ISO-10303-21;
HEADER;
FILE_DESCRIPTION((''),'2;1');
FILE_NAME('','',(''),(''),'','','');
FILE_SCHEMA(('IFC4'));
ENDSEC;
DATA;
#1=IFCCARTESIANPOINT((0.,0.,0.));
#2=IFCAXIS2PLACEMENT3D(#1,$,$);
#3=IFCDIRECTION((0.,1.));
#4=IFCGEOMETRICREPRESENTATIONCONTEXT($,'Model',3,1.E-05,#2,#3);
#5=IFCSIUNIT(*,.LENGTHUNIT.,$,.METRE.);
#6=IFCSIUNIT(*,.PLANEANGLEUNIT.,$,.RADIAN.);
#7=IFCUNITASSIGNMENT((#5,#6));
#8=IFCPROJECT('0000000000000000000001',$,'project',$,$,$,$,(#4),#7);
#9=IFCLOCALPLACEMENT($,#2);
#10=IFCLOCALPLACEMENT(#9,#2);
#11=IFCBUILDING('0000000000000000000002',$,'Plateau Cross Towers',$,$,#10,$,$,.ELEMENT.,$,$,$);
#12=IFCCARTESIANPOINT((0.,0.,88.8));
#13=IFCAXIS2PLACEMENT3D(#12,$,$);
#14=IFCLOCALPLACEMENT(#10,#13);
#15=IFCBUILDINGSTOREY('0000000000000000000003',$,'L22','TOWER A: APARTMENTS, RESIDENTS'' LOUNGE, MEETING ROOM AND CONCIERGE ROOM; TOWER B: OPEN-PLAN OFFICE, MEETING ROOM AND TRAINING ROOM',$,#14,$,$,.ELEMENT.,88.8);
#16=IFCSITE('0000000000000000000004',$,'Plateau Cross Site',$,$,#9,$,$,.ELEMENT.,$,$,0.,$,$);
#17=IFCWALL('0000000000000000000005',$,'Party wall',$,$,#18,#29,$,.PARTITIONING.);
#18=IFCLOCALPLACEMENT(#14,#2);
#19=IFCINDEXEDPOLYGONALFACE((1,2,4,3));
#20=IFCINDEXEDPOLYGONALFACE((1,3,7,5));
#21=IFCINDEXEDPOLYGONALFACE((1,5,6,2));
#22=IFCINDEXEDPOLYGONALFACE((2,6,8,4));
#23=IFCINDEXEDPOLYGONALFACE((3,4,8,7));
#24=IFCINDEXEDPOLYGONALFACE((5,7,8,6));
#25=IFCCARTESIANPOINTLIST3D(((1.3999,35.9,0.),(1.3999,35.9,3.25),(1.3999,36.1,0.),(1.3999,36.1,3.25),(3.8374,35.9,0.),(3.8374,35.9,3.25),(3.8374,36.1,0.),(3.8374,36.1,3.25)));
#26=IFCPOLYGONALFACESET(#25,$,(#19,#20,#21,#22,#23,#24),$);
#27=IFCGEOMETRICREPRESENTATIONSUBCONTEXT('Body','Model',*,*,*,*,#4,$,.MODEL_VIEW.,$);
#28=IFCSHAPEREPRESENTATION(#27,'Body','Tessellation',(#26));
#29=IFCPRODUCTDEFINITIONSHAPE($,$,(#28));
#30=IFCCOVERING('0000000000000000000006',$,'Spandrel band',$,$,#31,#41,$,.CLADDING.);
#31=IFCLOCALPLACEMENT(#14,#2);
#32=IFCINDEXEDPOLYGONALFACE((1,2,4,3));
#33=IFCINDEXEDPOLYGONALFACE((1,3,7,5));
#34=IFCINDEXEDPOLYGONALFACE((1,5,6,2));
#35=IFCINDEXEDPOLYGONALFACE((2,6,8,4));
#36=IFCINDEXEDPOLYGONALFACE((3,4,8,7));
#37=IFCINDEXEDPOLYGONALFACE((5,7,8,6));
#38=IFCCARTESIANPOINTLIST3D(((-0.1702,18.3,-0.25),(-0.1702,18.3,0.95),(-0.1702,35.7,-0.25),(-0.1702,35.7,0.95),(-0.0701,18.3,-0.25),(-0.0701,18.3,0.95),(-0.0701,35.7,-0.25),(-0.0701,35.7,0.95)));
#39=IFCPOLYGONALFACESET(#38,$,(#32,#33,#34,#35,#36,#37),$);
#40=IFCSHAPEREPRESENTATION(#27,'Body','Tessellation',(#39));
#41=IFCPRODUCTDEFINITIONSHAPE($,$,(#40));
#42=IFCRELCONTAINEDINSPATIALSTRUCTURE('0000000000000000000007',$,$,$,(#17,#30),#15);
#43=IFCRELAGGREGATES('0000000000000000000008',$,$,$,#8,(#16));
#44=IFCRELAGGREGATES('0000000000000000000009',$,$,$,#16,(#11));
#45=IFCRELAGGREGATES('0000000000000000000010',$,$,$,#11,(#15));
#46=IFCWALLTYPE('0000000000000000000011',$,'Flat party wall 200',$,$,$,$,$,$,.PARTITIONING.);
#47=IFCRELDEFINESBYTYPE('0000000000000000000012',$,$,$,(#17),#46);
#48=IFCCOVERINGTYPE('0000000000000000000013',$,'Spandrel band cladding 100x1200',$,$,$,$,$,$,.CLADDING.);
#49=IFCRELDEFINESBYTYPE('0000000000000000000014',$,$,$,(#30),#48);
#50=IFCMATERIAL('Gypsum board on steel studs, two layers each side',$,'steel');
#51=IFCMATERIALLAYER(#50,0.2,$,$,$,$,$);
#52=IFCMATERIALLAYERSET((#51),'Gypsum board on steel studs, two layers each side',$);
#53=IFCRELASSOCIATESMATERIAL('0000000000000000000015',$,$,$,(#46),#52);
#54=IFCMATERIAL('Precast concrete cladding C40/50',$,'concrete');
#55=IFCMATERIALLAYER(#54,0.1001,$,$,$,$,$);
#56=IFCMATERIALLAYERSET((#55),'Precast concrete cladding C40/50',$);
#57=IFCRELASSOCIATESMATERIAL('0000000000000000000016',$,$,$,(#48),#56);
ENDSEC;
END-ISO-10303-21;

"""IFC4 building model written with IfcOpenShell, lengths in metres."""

from ifc_helpers import new_model, si_unit, direction, frame, frame_2d, origin, origin_2d, place, context, subcontext, project, spatial, rectangle, extrude, material, layer, layer_set, type_object, element, save


model = new_model("IFC4")

# Units and contexts
model_context = context("Model", 3, precision=1e-05, world=origin(), true_north=direction((0.0, 1.0)))
body_context = subcontext(model_context, "Body", "Model", "MODEL_VIEW")
ifc_project = project(units=[si_unit("LENGTHUNIT", "METRE"), si_unit("PLANEANGLEUNIT", "RADIAN")], contexts=[model_context])

# Site, building, storey
site_placement = place(None, origin())
site = spatial("IfcSite", under=ifc_project, at=site_placement, Name="Plateau Cross Site", CompositionType="ELEMENT", RefElevation=0.0)
building_placement = place(site_placement, origin())
building = spatial("IfcBuilding", under=site, at=building_placement, Name="Plateau Cross Towers", CompositionType="ELEMENT")
storey_placement = place(building_placement, frame((0.0, 0.0, 88.8)))
storey = spatial("IfcBuildingStorey", under=building, at=storey_placement, Name="L22", Description="TOWER A: APARTMENTS, RESIDENTS' LOUNGE, MEETING ROOM AND CONCIERGE ROOM; TOWER B: OPEN-PLAN OFFICE, MEETING ROOM AND TRAINING ROOM", CompositionType="ELEMENT", Elevation=88.8)

# Wall
ifc_material_1 = material(Name="Gypsum board on steel studs, two layers each side", Category="steel")
ifc_layer_1 = layer(ifc_material_1, 0.2)
ifc_layer_set_1 = layer_set([ifc_layer_1], Name="Gypsum board on steel studs, two layers each side")
wall_type_1 = type_object("IfcWallType", Name="Flat party wall 200", PredefinedType="PARTITIONING", material=ifc_layer_set_1)
wall_1_placement = place(storey_placement, frame((1.3999, 36.0, 0.0), z_axis=(0.0, 0.0, 1.0), x_axis=(1.0, 0.0, 0.0)))
element("IfcWall", 1, at=wall_1_placement, inside=storey, type_object=wall_type_1, Name="Party wall", PredefinedType="PARTITIONING", context=body_context, shape_type="SweptSolid", body=[
    extrude(rectangle(XDim=2.4375, YDim=0.2, at=frame_2d((1.2188, 0.0))), origin(), (0.0, 0.0, 1.0), 3.25),
])

# Covering
ifc_material_2 = material(Name="Precast concrete cladding C40/50", Category="concrete")
ifc_layer_2 = layer(ifc_material_2, 0.1001)
ifc_layer_set_2 = layer_set([ifc_layer_2], Name="Precast concrete cladding C40/50")
covering_type = type_object("IfcCoveringType", Name="Spandrel band cladding 100x1200", PredefinedType="CLADDING", material=ifc_layer_set_2)
covering_placement = place(storey_placement, frame((-0.1201, 27.0, -0.25), z_axis=(0.0, 0.0, 1.0), x_axis=(0.0, -1.0, 0.0)))
element("IfcCovering", 2, at=covering_placement, inside=storey, type_object=covering_type, Name="Spandrel band", PredefinedType="CLADDING", context=body_context, shape_type="SweptSolid", body=[
    extrude(rectangle(XDim=17.3999, YDim=0.1001, at=origin_2d()), origin(), (0.0, 0.0, 1.0), 1.2),
])

save(model, "model.ifc")
